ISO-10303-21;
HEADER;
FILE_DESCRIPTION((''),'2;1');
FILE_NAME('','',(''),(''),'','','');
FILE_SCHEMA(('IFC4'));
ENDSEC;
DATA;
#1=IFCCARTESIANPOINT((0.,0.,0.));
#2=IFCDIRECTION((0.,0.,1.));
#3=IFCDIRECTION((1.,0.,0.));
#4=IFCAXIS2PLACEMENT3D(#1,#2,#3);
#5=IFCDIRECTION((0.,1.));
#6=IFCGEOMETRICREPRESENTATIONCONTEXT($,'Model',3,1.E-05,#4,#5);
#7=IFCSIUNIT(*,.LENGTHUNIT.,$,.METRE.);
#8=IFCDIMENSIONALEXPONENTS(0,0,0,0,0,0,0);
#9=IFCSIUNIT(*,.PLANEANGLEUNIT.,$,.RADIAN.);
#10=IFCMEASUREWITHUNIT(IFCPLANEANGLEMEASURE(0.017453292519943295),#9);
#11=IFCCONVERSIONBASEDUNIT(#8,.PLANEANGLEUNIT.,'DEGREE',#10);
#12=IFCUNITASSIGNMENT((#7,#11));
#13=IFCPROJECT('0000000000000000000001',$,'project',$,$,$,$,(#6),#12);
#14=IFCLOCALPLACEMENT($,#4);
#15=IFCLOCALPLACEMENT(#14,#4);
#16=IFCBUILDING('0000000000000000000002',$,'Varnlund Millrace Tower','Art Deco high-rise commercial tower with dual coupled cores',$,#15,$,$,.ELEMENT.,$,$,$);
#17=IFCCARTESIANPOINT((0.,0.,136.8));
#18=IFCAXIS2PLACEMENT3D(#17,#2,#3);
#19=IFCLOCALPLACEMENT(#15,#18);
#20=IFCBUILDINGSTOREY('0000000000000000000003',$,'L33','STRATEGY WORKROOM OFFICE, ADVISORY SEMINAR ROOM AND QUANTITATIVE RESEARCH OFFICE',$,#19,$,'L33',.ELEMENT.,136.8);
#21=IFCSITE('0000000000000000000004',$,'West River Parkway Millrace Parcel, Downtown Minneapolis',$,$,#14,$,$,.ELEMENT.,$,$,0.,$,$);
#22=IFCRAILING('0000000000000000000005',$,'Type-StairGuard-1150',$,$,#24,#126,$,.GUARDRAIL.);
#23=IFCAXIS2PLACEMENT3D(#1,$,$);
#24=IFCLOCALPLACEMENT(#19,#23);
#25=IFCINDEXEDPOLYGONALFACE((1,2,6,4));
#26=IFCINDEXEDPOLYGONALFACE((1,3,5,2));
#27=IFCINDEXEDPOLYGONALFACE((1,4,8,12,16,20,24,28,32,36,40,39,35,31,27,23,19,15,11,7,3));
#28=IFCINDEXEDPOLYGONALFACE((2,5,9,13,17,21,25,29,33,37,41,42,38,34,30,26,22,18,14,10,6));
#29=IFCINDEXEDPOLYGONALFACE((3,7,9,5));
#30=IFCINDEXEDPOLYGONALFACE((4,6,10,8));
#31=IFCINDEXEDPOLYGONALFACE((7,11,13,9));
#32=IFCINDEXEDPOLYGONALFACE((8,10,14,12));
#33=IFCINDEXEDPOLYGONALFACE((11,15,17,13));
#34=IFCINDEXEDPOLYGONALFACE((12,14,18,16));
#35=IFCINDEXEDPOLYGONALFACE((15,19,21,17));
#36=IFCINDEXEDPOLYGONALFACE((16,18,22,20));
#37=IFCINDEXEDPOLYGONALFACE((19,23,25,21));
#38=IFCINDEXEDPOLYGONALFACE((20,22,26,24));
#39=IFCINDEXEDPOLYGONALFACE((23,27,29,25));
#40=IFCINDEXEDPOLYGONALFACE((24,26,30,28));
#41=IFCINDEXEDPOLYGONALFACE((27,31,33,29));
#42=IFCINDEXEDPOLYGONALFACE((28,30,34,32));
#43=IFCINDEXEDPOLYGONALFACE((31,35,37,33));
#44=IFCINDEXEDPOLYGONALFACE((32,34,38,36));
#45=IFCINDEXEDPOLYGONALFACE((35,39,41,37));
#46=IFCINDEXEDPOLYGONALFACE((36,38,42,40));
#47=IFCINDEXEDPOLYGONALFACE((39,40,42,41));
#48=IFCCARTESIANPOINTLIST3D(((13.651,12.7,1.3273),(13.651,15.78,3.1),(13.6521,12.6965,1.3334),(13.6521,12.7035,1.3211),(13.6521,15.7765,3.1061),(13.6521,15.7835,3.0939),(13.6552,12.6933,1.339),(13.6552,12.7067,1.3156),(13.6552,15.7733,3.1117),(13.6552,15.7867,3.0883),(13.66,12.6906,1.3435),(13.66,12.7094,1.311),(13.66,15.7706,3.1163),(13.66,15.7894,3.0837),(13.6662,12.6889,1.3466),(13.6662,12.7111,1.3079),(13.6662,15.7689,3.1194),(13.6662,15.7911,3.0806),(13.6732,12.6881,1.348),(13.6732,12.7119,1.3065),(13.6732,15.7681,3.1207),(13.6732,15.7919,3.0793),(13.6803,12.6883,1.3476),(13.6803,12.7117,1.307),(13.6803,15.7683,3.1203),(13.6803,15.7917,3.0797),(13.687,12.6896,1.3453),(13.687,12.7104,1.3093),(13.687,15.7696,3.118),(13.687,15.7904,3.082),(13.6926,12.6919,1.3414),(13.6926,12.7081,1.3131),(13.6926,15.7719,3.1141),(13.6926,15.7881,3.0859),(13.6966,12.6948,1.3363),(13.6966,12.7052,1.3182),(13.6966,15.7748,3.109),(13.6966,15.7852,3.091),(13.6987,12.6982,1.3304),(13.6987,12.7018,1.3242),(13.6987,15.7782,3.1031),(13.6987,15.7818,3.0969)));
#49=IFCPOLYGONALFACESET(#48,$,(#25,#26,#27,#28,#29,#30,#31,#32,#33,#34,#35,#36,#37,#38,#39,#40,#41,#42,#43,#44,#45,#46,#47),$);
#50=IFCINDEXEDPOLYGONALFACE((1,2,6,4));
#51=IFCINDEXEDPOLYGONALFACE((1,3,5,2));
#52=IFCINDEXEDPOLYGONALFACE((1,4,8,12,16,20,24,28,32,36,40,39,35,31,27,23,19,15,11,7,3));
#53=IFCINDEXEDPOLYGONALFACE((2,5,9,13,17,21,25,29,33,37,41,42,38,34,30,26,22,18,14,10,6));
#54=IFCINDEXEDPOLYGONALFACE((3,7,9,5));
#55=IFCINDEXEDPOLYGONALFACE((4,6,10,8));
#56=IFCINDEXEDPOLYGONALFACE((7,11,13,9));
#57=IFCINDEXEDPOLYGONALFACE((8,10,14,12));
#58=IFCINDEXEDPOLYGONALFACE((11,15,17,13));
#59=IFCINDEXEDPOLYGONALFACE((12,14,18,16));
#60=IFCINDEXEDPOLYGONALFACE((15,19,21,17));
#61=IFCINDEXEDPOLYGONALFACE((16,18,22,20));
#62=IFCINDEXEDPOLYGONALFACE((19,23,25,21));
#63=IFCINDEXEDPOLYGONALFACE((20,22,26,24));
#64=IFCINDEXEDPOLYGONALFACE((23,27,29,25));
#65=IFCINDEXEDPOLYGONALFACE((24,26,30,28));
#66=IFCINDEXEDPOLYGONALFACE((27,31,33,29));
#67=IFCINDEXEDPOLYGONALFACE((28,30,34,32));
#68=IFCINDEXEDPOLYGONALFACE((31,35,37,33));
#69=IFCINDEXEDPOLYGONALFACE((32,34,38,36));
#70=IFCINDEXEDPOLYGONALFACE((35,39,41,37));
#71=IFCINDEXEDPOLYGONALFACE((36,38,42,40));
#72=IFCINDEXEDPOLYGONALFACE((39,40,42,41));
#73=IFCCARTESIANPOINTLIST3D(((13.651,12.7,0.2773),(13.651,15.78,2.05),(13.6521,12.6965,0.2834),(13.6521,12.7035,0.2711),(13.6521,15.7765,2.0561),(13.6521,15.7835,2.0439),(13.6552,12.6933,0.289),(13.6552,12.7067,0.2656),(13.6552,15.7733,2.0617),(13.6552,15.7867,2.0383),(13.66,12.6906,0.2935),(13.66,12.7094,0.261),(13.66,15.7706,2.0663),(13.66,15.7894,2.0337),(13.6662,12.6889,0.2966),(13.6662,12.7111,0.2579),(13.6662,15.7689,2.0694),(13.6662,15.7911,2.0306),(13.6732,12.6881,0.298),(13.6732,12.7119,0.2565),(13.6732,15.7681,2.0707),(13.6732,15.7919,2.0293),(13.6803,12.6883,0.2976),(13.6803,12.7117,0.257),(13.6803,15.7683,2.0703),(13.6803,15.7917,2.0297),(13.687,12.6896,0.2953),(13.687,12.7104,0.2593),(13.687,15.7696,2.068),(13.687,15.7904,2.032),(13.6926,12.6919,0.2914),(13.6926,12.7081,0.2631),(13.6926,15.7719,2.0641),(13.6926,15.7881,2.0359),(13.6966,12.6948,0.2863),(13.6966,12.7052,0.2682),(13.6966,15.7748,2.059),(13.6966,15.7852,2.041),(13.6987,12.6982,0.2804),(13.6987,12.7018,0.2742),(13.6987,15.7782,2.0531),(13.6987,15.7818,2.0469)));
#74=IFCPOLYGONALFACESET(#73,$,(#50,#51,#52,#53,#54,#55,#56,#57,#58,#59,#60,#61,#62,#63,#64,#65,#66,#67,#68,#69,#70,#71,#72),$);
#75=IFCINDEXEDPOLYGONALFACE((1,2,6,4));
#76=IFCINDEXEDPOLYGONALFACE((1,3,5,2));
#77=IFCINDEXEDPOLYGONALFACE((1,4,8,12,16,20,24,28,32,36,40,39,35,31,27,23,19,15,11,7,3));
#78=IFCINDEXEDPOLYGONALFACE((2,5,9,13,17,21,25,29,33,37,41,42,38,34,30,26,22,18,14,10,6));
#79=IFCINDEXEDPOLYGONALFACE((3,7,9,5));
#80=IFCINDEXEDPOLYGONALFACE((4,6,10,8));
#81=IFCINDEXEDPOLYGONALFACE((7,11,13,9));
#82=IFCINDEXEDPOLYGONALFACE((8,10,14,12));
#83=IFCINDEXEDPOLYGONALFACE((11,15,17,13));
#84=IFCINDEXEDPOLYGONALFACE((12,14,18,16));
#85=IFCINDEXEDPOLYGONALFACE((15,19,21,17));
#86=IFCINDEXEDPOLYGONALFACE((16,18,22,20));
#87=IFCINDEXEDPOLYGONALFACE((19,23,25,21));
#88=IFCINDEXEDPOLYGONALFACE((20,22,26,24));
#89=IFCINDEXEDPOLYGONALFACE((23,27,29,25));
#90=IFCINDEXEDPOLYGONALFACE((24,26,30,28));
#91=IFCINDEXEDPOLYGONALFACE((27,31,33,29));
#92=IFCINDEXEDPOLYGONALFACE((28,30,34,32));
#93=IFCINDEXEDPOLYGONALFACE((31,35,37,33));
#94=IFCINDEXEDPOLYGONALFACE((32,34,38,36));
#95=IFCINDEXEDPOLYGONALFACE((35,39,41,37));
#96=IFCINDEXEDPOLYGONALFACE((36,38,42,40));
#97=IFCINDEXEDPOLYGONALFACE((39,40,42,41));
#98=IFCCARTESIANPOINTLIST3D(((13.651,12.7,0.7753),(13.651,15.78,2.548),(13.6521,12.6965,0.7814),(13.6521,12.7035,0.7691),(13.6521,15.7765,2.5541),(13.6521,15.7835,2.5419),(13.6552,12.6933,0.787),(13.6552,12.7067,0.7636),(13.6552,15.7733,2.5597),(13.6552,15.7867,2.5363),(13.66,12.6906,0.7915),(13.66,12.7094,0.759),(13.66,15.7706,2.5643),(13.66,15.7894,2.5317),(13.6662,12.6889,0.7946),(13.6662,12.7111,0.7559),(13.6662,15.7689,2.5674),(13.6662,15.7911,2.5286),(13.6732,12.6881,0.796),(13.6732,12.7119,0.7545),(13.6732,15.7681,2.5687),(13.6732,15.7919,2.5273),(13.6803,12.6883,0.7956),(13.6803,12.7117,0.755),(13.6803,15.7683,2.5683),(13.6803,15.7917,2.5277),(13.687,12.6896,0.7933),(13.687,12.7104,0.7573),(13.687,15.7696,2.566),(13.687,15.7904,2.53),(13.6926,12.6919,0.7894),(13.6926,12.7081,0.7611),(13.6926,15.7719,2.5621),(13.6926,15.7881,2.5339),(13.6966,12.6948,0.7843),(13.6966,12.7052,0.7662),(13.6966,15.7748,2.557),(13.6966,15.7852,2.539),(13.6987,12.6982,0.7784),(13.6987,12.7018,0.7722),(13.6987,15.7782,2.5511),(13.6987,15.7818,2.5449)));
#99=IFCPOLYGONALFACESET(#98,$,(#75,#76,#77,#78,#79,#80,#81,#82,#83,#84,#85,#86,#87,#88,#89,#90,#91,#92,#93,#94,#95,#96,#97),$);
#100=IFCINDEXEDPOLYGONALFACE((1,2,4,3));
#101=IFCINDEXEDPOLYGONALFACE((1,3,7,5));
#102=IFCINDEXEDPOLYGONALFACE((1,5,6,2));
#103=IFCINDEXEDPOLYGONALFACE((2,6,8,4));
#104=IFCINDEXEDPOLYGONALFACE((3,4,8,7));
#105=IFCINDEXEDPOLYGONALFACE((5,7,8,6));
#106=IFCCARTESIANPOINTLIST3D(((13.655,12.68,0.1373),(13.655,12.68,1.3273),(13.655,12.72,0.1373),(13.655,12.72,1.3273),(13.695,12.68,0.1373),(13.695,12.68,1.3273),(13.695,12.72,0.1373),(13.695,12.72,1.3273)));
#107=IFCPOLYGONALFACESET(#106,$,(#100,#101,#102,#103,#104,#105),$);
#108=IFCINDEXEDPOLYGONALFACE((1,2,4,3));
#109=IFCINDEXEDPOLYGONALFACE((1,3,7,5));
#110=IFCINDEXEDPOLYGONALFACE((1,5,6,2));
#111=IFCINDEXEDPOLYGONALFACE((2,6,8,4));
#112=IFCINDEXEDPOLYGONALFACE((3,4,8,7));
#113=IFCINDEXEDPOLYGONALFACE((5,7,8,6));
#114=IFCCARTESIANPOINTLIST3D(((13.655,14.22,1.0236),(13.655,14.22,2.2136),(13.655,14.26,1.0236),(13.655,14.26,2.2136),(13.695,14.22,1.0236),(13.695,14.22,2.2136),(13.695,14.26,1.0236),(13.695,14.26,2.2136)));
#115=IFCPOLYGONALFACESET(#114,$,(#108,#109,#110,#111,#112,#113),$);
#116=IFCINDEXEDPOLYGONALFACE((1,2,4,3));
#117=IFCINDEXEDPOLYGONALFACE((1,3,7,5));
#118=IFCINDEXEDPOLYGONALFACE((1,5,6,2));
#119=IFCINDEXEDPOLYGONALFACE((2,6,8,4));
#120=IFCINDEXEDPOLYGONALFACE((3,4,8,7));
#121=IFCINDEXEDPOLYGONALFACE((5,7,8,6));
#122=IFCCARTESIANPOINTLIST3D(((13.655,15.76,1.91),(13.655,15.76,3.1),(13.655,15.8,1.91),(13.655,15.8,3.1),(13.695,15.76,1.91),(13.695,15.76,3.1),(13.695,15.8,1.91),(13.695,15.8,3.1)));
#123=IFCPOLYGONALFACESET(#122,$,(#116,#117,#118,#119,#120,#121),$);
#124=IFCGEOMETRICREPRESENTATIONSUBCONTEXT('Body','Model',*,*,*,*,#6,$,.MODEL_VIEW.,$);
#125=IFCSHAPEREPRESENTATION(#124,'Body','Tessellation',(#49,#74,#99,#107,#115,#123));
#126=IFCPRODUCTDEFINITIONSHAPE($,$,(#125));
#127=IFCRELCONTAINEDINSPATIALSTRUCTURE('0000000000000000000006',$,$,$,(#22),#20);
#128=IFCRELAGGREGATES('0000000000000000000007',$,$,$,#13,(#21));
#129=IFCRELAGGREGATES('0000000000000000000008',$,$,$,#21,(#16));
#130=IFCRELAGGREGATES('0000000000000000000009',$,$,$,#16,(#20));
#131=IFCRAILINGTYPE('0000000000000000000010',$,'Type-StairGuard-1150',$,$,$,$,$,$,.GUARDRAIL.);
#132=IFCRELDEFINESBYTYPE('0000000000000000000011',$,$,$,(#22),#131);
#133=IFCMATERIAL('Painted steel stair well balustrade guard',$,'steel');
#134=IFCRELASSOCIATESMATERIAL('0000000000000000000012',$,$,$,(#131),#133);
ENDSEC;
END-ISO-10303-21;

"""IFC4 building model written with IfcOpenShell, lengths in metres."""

from ifc_helpers import new_model, entity, si_unit, converted_unit, direction, frame, origin_with_axes, origin_2d_with_axis, place, context, subcontext, project, spatial, rectangle, circle, extrude, material, type_object, element, save


model = new_model("IFC4")

# Units and contexts
model_context = context("Model", 3, precision=1e-05, world=origin_with_axes(), true_north=direction((0.0, 1.0)))
body_context = subcontext(model_context, "Body", "Model", "MODEL_VIEW")
ifc_project = project(units=[si_unit("LENGTHUNIT", "METRE"), converted_unit("PLANEANGLEUNIT", "DEGREE", entity("IfcPlaneAngleMeasure", 0.017453292519943295), si_unit("PLANEANGLEUNIT", "RADIAN"), dimensions=[0, 0, 0, 0, 0, 0, 0])], contexts=[model_context])

# Site, building, storey
site_placement = place(None, origin_with_axes())
site = spatial("IfcSite", under=ifc_project, at=site_placement, Name="West River Parkway Millrace Parcel, Downtown Minneapolis", CompositionType="ELEMENT", RefElevation=0.0)
building_placement = place(site_placement, origin_with_axes())
building = spatial("IfcBuilding", under=site, at=building_placement, Name="Varnlund Millrace Tower", Description="Art Deco high-rise commercial tower with dual coupled cores", CompositionType="ELEMENT")
storey_placement = place(building_placement, frame((0.0, 0.0, 136.8), z_axis=(0.0, 0.0, 1.0), x_axis=(1.0, 0.0, 0.0)))
storey = spatial("IfcBuildingStorey", under=building, at=storey_placement, Name="L33", Description="STRATEGY WORKROOM OFFICE, ADVISORY SEMINAR ROOM AND QUANTITATIVE RESEARCH OFFICE", LongName="L33", CompositionType="ELEMENT", Elevation=136.8)

# Railing
ifc_material_1 = material(Name="Painted steel stair well balustrade guard", Category="steel")
railing_type_1 = type_object("IfcRailingType", Name="Type-StairGuard-1150", PredefinedType="GUARDRAIL", material=ifc_material_1)
railing_1_placement = place(storey_placement, frame((0.0, 0.0, -136.8), z_axis=(0.0, 0.0, 1.0), x_axis=(1.0, 0.0, 0.0)))
element("IfcRailing", 1, at=railing_1_placement, inside=storey, type_object=railing_type_1, Name="Type-StairGuard-1150", PredefinedType="GUARDRAIL", context=body_context, shape_type="SweptSolid", body=[
    extrude(circle(Radius=0.024, at=origin_2d_with_axis()), frame((13.675, 12.7, 138.1273), z_axis=(0.0, 0.866696, 0.498836), x_axis=(-1.0, 0.0, 0.0)), (0.0, 0.0, 1.0), 3.5537),
    extrude(circle(Radius=0.024, at=origin_2d_with_axis()), frame((13.675, 12.7, 137.0773), z_axis=(0.0, 0.866696, 0.498836), x_axis=(-1.0, 0.0, 0.0)), (0.0, 0.0, 1.0), 3.5537),
    extrude(circle(Radius=0.024, at=origin_2d_with_axis()), frame((13.675, 12.7, 137.5753), z_axis=(0.0, 0.866696, 0.498836), x_axis=(-1.0, 0.0, 0.0)), (0.0, 0.0, 1.0), 3.5537),
    extrude(rectangle(XDim=0.04, YDim=0.04, at=origin_2d_with_axis()), frame((13.675, 12.7, 136.9373), z_axis=(0.0, 0.0, 1.0), x_axis=(1.0, 0.0, 0.0)), (0.0, 0.0, 1.0), 1.19),
    extrude(rectangle(XDim=0.04, YDim=0.04, at=origin_2d_with_axis()), frame((13.675, 14.24, 137.8236), z_axis=(0.0, 0.0, 1.0), x_axis=(1.0, 0.0, 0.0)), (0.0, 0.0, 1.0), 1.19),
    extrude(rectangle(XDim=0.04, YDim=0.04, at=origin_2d_with_axis()), frame((13.675, 15.78, 138.71), z_axis=(0.0, 0.0, 1.0), x_axis=(1.0, 0.0, 0.0)), (0.0, 0.0, 1.0), 1.19),
])

save(model, "model.ifc")
